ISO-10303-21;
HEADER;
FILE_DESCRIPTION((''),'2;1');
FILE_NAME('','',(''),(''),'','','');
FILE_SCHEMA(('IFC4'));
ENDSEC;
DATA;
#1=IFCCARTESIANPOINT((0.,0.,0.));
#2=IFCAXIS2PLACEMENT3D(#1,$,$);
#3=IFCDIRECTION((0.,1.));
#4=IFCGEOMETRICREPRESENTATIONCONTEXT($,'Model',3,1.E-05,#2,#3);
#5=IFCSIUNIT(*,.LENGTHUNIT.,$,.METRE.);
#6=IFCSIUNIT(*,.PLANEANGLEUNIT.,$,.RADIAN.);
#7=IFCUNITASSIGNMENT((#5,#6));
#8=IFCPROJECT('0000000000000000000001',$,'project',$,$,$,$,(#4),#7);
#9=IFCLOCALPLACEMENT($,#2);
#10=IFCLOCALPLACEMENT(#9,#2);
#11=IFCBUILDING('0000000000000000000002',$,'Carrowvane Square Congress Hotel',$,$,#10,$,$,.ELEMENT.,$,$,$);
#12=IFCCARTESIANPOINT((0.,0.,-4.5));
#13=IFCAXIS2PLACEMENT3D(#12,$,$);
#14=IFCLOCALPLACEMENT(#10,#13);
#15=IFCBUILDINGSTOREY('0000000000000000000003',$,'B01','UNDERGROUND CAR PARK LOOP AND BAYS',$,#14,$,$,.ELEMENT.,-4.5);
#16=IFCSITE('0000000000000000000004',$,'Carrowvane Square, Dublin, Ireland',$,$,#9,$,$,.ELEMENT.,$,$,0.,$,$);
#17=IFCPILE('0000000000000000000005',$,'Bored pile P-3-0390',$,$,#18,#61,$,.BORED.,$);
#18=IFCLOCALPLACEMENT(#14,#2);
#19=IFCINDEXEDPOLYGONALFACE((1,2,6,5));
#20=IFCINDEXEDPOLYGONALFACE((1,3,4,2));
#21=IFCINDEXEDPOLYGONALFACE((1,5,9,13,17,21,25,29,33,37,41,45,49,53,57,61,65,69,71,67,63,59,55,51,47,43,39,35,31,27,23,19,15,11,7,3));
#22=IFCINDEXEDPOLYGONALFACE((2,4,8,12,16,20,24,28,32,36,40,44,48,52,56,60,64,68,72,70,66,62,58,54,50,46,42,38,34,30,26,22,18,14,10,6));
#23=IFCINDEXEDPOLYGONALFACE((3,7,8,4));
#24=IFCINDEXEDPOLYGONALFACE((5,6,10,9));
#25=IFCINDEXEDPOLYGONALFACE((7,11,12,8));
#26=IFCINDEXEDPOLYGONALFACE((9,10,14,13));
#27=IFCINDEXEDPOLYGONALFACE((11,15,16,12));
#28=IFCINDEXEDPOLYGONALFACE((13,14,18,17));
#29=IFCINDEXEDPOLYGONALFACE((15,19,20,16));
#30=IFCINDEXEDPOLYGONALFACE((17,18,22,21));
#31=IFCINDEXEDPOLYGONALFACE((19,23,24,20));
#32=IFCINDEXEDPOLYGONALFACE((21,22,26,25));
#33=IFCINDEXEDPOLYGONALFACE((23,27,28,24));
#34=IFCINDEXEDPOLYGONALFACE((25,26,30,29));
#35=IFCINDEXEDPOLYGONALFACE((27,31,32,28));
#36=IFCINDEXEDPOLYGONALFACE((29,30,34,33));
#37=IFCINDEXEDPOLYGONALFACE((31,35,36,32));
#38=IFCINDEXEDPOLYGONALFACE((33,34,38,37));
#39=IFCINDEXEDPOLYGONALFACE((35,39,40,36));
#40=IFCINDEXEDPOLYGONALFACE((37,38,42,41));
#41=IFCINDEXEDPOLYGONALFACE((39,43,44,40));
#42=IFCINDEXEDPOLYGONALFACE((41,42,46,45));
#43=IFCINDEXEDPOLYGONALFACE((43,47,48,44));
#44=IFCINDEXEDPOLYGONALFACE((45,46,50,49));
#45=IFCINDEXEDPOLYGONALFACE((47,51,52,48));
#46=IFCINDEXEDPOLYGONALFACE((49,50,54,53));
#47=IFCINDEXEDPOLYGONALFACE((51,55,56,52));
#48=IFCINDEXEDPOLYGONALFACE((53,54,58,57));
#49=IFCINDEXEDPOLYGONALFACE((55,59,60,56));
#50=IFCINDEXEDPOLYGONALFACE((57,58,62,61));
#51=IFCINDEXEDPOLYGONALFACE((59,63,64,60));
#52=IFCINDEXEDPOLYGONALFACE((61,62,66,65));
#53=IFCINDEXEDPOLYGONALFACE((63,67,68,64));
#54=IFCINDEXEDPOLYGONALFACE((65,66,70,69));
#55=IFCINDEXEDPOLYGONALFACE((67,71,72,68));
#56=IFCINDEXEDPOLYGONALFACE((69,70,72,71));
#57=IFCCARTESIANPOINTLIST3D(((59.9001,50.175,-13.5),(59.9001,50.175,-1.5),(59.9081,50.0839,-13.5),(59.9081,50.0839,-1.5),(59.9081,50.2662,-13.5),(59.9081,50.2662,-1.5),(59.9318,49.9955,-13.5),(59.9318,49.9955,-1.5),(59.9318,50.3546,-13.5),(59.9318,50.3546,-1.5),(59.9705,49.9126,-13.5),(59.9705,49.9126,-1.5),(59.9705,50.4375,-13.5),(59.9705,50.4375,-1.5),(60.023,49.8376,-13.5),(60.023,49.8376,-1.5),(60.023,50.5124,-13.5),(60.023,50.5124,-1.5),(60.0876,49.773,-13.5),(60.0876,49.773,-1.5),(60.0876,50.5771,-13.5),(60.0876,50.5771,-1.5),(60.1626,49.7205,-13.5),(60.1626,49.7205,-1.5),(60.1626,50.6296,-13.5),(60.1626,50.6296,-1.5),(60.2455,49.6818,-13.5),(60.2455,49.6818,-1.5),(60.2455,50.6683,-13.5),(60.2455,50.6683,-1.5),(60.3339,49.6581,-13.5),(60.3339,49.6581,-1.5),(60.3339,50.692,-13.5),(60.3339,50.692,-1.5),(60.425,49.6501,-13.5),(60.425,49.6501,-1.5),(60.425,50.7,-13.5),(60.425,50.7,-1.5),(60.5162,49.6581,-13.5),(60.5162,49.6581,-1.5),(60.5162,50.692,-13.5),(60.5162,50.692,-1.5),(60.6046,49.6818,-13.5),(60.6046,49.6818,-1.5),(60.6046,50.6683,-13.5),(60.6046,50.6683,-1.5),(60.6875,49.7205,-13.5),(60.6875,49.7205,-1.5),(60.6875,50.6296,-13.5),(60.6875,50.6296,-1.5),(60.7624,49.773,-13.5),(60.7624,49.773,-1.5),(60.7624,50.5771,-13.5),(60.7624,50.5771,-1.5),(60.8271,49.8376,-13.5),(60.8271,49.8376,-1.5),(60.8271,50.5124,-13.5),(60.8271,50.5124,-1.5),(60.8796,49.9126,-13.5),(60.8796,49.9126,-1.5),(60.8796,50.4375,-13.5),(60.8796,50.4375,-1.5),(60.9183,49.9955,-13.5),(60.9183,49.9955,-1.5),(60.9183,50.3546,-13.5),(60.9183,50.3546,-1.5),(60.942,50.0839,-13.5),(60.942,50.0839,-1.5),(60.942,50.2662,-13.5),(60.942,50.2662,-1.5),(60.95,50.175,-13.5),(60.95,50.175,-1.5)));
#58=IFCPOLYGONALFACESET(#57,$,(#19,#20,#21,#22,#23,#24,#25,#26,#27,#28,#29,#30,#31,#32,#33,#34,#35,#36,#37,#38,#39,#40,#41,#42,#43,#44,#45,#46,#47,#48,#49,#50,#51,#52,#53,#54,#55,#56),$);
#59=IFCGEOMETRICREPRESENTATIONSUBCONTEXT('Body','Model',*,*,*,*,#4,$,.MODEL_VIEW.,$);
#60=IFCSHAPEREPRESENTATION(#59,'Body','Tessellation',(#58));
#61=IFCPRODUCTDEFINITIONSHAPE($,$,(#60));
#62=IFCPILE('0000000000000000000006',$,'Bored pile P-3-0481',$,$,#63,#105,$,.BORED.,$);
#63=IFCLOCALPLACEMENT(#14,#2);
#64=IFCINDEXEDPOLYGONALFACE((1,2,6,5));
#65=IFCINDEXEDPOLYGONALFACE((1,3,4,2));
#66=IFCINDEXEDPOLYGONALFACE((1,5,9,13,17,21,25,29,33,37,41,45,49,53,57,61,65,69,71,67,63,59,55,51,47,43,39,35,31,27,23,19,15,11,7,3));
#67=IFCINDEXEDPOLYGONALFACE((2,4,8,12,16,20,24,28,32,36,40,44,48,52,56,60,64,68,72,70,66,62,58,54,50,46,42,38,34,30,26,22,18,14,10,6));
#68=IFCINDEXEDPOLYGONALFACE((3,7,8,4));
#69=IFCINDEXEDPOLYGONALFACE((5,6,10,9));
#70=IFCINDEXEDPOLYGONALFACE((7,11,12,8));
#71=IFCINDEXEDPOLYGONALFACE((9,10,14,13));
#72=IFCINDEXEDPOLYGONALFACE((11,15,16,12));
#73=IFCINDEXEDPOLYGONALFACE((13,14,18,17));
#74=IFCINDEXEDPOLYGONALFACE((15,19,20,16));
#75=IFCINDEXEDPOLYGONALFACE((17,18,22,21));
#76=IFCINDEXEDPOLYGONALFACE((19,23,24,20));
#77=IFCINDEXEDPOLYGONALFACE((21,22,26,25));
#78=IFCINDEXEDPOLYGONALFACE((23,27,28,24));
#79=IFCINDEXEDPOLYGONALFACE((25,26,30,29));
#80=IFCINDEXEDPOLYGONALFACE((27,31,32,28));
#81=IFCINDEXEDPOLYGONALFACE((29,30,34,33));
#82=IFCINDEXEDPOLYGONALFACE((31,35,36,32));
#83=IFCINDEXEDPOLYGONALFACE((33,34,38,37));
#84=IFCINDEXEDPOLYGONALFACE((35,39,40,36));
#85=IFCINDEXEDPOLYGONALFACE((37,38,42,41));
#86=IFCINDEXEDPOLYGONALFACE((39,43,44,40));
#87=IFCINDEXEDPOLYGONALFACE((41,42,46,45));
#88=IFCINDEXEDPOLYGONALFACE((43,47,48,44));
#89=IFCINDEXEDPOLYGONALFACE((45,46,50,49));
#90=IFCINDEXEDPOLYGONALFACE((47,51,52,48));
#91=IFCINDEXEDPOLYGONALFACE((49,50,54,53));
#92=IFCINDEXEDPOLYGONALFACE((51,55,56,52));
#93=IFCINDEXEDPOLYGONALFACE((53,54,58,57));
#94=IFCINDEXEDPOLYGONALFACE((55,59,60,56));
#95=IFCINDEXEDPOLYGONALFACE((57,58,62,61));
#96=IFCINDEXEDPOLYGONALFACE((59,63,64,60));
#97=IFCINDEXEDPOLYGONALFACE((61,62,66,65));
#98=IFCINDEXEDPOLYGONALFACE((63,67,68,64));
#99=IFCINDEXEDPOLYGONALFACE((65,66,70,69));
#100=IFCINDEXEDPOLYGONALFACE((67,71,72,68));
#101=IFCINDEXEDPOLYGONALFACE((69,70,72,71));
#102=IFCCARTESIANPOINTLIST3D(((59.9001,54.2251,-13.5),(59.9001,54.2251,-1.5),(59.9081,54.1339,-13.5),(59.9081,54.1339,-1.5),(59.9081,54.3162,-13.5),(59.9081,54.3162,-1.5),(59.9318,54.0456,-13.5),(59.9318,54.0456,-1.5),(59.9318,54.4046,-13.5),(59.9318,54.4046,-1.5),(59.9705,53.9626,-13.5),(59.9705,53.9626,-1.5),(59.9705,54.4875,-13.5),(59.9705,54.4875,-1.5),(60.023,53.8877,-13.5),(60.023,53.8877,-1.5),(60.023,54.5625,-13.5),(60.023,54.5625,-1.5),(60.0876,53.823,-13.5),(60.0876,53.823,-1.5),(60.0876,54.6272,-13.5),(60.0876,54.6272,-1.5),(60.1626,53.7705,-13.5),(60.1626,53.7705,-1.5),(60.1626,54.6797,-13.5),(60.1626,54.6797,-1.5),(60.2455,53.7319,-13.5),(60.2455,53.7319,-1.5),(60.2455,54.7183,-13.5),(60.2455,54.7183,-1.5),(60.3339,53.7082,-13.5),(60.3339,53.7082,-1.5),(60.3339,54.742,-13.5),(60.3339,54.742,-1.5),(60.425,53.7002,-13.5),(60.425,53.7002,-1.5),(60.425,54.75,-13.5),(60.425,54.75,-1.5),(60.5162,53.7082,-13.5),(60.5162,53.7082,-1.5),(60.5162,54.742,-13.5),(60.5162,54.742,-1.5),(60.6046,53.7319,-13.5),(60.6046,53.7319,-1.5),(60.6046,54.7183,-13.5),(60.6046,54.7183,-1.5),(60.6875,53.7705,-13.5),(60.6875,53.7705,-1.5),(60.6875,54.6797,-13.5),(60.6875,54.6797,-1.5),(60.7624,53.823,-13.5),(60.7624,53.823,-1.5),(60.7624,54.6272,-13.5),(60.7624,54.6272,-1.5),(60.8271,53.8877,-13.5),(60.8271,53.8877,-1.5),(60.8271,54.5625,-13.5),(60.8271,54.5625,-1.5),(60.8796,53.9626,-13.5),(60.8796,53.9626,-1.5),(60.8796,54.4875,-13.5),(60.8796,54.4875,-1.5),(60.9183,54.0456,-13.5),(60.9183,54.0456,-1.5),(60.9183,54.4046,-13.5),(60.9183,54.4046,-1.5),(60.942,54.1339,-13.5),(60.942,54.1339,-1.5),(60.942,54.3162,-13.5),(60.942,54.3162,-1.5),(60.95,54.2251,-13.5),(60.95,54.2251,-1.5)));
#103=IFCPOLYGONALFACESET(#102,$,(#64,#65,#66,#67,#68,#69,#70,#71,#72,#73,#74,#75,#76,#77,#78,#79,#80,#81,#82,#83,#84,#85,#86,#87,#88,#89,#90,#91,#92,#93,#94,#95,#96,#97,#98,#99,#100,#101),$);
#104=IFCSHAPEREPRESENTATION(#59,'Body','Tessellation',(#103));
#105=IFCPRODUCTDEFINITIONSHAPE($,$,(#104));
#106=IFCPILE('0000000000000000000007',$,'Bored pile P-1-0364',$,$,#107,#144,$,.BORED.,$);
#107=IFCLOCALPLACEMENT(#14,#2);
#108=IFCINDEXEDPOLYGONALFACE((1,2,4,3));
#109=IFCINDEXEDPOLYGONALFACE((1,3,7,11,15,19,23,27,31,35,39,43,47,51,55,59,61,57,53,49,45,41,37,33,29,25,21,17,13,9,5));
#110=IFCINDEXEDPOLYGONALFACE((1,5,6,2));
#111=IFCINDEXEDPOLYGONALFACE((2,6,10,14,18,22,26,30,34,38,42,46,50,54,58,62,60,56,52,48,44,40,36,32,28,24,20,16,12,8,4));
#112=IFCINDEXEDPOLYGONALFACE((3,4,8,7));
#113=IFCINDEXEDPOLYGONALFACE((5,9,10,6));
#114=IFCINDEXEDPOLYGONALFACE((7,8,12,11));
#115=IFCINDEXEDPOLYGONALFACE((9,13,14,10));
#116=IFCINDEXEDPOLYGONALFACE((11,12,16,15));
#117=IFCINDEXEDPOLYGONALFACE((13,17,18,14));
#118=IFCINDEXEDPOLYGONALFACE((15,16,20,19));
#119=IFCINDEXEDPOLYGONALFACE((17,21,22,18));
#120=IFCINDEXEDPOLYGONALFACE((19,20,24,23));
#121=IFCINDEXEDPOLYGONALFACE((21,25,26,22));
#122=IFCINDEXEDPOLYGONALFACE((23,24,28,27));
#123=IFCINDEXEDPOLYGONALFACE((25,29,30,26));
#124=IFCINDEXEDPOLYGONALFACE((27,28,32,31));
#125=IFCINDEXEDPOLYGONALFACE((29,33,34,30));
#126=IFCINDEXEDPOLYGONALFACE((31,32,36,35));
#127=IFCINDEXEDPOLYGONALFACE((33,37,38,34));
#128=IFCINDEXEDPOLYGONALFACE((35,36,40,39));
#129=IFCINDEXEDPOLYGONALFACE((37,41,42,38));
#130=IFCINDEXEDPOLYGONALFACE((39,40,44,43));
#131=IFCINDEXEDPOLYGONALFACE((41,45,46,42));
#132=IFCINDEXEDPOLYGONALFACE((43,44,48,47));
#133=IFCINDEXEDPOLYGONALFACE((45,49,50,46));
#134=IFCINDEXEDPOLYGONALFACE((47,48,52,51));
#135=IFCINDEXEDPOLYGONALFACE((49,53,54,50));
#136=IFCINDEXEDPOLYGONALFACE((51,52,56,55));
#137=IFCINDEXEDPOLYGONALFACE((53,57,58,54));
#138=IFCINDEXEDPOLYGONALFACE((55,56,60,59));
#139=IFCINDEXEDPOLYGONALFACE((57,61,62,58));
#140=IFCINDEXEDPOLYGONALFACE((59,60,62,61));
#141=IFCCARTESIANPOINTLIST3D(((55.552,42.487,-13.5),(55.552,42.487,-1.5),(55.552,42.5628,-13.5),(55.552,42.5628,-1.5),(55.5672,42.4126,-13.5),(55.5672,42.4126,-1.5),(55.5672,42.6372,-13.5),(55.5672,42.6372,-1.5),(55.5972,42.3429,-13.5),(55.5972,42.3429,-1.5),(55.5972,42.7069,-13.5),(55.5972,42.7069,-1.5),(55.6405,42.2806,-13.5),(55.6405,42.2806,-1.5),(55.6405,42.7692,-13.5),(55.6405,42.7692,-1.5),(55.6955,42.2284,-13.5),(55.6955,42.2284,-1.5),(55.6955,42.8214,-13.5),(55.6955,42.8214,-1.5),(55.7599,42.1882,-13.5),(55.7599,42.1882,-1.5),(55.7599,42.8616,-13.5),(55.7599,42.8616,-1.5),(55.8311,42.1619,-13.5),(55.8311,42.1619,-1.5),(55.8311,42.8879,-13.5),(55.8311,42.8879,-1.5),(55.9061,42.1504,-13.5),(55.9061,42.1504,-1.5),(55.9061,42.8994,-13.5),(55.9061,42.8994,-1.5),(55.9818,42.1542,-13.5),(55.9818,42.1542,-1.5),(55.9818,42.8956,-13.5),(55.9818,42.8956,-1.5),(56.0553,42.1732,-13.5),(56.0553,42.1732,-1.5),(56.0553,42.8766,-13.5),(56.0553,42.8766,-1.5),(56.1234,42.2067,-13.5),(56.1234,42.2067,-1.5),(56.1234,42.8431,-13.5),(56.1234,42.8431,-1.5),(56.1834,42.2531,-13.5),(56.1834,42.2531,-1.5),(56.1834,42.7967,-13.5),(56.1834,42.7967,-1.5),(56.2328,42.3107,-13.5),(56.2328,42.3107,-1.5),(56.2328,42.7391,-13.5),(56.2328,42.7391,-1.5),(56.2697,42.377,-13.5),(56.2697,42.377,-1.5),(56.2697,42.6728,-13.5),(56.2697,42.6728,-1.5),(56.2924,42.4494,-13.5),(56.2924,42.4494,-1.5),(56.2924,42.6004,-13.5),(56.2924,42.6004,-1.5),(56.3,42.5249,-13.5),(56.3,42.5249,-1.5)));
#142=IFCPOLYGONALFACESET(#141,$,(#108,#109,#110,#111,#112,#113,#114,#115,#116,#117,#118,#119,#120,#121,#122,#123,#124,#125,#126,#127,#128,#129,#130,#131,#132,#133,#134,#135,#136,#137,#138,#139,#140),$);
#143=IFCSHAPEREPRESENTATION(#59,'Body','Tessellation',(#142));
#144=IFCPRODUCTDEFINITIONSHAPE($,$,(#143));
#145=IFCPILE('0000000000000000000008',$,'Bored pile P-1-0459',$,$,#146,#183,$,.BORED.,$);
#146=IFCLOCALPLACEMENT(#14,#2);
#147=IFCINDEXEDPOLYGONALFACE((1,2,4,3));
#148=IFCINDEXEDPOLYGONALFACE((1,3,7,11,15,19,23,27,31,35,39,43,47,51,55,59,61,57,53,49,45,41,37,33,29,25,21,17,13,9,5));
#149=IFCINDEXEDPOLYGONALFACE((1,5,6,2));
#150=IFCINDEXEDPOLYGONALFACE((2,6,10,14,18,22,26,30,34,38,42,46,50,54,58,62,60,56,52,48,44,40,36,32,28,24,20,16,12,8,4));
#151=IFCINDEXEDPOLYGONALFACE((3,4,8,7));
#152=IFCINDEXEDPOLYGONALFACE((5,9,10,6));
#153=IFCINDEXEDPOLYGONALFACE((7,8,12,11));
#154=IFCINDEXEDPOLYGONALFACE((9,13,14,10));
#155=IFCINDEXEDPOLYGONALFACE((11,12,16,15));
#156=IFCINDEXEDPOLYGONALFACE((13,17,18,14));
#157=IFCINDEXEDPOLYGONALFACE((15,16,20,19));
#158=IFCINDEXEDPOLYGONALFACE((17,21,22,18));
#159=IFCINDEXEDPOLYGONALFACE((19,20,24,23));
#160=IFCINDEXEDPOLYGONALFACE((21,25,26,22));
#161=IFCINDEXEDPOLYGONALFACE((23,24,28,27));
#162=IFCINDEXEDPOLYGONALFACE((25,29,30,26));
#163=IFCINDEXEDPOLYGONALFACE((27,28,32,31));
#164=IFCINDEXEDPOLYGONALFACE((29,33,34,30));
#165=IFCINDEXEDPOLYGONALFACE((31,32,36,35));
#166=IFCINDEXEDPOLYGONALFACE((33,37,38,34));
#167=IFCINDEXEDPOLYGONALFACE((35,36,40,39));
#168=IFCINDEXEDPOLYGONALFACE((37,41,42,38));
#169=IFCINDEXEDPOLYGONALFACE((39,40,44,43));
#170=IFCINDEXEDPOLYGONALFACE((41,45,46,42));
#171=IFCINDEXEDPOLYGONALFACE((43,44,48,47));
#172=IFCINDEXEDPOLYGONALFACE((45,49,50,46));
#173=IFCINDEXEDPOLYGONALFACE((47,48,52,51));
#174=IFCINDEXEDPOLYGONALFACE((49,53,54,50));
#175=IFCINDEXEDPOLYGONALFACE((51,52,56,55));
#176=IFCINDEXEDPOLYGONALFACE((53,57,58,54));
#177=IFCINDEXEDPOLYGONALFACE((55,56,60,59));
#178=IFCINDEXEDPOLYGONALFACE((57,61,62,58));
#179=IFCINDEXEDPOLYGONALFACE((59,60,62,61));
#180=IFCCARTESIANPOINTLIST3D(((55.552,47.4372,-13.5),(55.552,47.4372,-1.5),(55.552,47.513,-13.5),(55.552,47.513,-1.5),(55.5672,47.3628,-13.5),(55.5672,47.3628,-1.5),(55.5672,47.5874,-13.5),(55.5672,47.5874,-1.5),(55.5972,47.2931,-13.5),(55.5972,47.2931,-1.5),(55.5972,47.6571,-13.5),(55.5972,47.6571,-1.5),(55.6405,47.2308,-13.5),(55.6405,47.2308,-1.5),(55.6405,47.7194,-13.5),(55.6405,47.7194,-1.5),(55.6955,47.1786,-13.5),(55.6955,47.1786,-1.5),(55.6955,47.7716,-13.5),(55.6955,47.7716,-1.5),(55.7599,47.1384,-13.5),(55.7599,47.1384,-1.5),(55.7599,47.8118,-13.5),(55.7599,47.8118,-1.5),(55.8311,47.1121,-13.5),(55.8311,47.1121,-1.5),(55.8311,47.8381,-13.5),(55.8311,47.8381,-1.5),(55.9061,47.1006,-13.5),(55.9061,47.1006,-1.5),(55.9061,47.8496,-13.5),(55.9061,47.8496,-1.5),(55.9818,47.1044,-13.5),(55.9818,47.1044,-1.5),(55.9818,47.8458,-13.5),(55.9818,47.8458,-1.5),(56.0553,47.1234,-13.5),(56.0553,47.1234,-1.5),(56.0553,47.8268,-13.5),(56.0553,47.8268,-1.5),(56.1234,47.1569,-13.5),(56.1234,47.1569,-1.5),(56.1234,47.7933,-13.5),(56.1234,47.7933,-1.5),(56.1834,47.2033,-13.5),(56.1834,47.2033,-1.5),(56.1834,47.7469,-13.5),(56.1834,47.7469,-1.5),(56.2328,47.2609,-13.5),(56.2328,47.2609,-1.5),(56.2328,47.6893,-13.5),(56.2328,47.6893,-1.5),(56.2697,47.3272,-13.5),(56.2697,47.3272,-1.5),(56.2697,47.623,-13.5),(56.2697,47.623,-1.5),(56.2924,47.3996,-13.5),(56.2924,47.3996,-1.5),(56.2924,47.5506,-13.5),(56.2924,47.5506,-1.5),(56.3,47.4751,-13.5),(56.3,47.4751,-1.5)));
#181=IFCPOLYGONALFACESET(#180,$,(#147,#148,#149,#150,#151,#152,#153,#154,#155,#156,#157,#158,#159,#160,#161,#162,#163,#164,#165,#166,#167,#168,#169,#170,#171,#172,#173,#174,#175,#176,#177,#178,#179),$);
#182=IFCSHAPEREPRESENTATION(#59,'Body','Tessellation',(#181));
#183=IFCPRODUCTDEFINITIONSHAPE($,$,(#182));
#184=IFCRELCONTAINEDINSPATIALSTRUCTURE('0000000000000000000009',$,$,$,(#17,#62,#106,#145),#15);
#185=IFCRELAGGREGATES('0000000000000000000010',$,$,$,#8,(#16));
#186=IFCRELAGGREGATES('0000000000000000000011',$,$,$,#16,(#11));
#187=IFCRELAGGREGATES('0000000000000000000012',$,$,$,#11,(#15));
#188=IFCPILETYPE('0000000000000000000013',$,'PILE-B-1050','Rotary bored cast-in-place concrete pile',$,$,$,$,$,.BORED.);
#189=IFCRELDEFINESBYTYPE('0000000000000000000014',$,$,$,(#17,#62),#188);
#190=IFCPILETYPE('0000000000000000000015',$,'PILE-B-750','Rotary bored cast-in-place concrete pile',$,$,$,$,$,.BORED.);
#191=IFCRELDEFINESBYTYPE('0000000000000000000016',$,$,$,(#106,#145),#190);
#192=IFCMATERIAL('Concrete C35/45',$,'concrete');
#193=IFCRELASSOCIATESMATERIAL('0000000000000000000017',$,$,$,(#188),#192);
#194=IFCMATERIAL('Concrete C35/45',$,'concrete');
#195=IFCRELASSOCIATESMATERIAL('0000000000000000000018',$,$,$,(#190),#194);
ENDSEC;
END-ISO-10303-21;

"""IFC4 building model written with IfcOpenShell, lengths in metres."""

from ifc_helpers import new_model, si_unit, direction, frame, origin, origin_2d, place, context, subcontext, project, spatial, circle, extrude, material, material_profile, profile_set, type_object, element, save


model = new_model("IFC4")

# Units and contexts
model_context = context("Model", 3, precision=1e-05, world=origin(), true_north=direction((0.0, 1.0)))
body_context = subcontext(model_context, "Body", "Model", "MODEL_VIEW")
ifc_project = project(units=[si_unit("LENGTHUNIT", "METRE"), si_unit("PLANEANGLEUNIT", "RADIAN")], contexts=[model_context])

# Site, building, storey
site_placement = place(None, origin())
site = spatial("IfcSite", under=ifc_project, at=site_placement, Name="Carrowvane Square, Dublin, Ireland", CompositionType="ELEMENT", RefElevation=0.0)
building_placement = place(site_placement, origin())
building = spatial("IfcBuilding", under=site, at=building_placement, Name="Carrowvane Square Congress Hotel", CompositionType="ELEMENT")
storey_placement = place(building_placement, frame((0.0, 0.0, -4.5)))
storey = spatial("IfcBuildingStorey", under=building, at=storey_placement, Name="B01", Description="UNDERGROUND CAR PARK LOOP AND BAYS", CompositionType="ELEMENT", Elevation=-4.5)

# Piles
ifc_material_1 = material(Name="Concrete C35/45", Category="concrete")
ifc_material_profile_1 = material_profile(ifc_material_1, circle(Radius=0.5249, at=origin_2d()), Name="PILE D1050")
ifc_profile_set_1 = profile_set([ifc_material_profile_1], Name="Concrete C35/45")
pile_type_1 = type_object("IfcPileType", Name="PILE-B-1050", Description="Rotary bored cast-in-place concrete pile", PredefinedType="BORED", material=ifc_profile_set_1)
for number, where, z_axis, x_axis, name in (
    (1, (60.425, 50.175, -1.5), (0.0, 0.0, -1.0), (1.0, 0.0, 0.0), "Bored pile P-3-0390"),
    (2, (60.425, 54.2251, -1.5), (0.0, 0.0, -1.0), (1.0, 0.0, 0.0), "Bored pile P-3-0481"),
):
    element("IfcPile", number, at=place(storey_placement, frame(where, z_axis=z_axis, x_axis=x_axis)), inside=storey, type_object=pile_type_1, Name=name, PredefinedType="BORED", context=body_context, shape_type="SweptSolid", body=[
        extrude(circle(Radius=0.5249, at=origin_2d()), origin(), (0.0, 0.0, 1.0), 12.0),
    ])
ifc_material_2 = material(Name="Concrete C35/45", Category="concrete")
ifc_material_profile_2 = material_profile(ifc_material_2, circle(Radius=0.375, at=origin_2d()), Name="PILE D750")
ifc_profile_set_2 = profile_set([ifc_material_profile_2], Name="Concrete C35/45")
pile_type_2 = type_object("IfcPileType", Name="PILE-B-750", Description="Rotary bored cast-in-place concrete pile", PredefinedType="BORED", material=ifc_profile_set_2)
for number, where, z_axis, x_axis, name in (
    (3, (55.925, 42.5249, -1.5), (0.0, 0.0, -1.0), (1.0, 0.0, 0.0), "Bored pile P-1-0364"),
    (4, (55.925, 47.4751, -1.5), (0.0, 0.0, -1.0), (1.0, 0.0, 0.0), "Bored pile P-1-0459"),
):
    element("IfcPile", number, at=place(storey_placement, frame(where, z_axis=z_axis, x_axis=x_axis)), inside=storey, type_object=pile_type_2, Name=name, PredefinedType="BORED", context=body_context, shape_type="SweptSolid", body=[
        extrude(circle(Radius=0.375, at=origin_2d()), origin(), (0.0, 0.0, 1.0), 12.0),
    ])

save(model, "model.ifc")
